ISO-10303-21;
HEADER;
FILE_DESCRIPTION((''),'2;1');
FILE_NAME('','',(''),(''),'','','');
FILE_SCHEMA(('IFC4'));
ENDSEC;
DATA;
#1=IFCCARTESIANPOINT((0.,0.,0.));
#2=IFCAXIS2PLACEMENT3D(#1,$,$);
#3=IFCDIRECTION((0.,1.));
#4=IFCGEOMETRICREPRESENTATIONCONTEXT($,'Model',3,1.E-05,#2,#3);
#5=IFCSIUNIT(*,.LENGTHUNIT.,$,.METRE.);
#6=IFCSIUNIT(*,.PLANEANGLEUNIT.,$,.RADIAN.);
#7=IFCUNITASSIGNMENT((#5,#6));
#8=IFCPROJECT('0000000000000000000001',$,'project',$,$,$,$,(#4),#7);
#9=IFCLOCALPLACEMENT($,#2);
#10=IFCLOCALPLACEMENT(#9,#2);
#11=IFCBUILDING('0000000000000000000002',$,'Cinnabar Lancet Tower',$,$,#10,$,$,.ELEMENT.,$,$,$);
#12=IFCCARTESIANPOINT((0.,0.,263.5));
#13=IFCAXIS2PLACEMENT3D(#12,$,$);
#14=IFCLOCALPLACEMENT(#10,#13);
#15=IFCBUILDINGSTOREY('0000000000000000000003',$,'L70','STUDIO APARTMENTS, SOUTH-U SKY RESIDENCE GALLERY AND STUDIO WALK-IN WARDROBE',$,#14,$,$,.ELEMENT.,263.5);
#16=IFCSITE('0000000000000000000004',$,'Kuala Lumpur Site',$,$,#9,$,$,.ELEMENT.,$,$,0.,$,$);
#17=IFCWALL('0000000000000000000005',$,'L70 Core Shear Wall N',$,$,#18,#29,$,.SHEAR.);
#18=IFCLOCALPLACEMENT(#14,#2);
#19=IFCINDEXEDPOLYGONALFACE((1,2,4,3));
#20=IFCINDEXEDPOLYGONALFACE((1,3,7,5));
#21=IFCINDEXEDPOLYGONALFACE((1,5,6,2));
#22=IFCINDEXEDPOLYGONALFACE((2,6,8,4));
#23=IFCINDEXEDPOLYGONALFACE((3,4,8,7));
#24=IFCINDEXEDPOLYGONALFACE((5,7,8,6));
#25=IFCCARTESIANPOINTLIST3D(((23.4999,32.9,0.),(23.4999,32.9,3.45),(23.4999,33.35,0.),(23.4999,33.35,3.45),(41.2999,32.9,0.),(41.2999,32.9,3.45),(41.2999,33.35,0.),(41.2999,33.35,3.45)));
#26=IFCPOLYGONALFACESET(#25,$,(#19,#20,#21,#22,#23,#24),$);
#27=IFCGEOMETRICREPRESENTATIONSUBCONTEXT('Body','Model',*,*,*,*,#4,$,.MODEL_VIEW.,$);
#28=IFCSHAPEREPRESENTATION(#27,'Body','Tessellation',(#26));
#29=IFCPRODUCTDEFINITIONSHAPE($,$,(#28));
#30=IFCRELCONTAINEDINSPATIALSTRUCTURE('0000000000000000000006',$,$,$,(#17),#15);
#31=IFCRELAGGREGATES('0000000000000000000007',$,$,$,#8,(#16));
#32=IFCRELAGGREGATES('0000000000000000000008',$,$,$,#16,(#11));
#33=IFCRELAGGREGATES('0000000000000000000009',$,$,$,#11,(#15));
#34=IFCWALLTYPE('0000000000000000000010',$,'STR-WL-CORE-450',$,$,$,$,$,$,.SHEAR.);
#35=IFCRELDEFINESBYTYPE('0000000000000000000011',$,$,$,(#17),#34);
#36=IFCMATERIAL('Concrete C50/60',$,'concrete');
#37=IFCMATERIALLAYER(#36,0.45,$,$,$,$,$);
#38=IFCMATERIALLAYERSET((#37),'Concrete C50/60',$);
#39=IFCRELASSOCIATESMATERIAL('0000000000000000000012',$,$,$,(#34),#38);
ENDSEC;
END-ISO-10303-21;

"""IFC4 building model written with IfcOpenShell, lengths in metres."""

from ifc_helpers import new_model, si_unit, direction, frame, frame_2d, origin, place, context, subcontext, project, spatial, rectangle, extrude, material, layer, layer_set, type_object, element, save


model = new_model("IFC4")

# Units and contexts
model_context = context("Model", 3, precision=1e-05, world=origin(), true_north=direction((0.0, 1.0)))
body_context = subcontext(model_context, "Body", "Model", "MODEL_VIEW")
ifc_project = project(units=[si_unit("LENGTHUNIT", "METRE"), si_unit("PLANEANGLEUNIT", "RADIAN")], contexts=[model_context])

# Site, building, storey
site_placement = place(None, origin())
site = spatial("IfcSite", under=ifc_project, at=site_placement, Name="Kuala Lumpur Site", CompositionType="ELEMENT", RefElevation=0.0)
building_placement = place(site_placement, origin())
building = spatial("IfcBuilding", under=site, at=building_placement, Name="Cinnabar Lancet Tower", CompositionType="ELEMENT")
storey_placement = place(building_placement, frame((0.0, 0.0, 263.5)))
storey = spatial("IfcBuildingStorey", under=building, at=storey_placement, Name="L70", Description="STUDIO APARTMENTS, SOUTH-U SKY RESIDENCE GALLERY AND STUDIO WALK-IN WARDROBE", CompositionType="ELEMENT", Elevation=263.5)

# Wall
ifc_material_1 = material(Name="Concrete C50/60", Category="concrete")
ifc_layer_1 = layer(ifc_material_1, 0.45)
ifc_layer_set_1 = layer_set([ifc_layer_1], Name="Concrete C50/60")
wall_type_1 = type_object("IfcWallType", Name="STR-WL-CORE-450", PredefinedType="SHEAR", material=ifc_layer_set_1)
wall_1_placement = place(storey_placement, frame((23.5, 33.125, 0.0), z_axis=(0.0, 0.0, 1.0), x_axis=(1.0, 0.0, 0.0)))
element("IfcWall", 1, at=wall_1_placement, inside=storey, type_object=wall_type_1, Name="L70 Core Shear Wall N", PredefinedType="SHEAR", context=body_context, shape_type="SweptSolid", body=[
    extrude(rectangle(XDim=17.8, YDim=0.45, at=frame_2d((8.8999, 0.0))), origin(), (0.0, 0.0, 1.0), 3.45),
])

save(model, "model.ifc")
